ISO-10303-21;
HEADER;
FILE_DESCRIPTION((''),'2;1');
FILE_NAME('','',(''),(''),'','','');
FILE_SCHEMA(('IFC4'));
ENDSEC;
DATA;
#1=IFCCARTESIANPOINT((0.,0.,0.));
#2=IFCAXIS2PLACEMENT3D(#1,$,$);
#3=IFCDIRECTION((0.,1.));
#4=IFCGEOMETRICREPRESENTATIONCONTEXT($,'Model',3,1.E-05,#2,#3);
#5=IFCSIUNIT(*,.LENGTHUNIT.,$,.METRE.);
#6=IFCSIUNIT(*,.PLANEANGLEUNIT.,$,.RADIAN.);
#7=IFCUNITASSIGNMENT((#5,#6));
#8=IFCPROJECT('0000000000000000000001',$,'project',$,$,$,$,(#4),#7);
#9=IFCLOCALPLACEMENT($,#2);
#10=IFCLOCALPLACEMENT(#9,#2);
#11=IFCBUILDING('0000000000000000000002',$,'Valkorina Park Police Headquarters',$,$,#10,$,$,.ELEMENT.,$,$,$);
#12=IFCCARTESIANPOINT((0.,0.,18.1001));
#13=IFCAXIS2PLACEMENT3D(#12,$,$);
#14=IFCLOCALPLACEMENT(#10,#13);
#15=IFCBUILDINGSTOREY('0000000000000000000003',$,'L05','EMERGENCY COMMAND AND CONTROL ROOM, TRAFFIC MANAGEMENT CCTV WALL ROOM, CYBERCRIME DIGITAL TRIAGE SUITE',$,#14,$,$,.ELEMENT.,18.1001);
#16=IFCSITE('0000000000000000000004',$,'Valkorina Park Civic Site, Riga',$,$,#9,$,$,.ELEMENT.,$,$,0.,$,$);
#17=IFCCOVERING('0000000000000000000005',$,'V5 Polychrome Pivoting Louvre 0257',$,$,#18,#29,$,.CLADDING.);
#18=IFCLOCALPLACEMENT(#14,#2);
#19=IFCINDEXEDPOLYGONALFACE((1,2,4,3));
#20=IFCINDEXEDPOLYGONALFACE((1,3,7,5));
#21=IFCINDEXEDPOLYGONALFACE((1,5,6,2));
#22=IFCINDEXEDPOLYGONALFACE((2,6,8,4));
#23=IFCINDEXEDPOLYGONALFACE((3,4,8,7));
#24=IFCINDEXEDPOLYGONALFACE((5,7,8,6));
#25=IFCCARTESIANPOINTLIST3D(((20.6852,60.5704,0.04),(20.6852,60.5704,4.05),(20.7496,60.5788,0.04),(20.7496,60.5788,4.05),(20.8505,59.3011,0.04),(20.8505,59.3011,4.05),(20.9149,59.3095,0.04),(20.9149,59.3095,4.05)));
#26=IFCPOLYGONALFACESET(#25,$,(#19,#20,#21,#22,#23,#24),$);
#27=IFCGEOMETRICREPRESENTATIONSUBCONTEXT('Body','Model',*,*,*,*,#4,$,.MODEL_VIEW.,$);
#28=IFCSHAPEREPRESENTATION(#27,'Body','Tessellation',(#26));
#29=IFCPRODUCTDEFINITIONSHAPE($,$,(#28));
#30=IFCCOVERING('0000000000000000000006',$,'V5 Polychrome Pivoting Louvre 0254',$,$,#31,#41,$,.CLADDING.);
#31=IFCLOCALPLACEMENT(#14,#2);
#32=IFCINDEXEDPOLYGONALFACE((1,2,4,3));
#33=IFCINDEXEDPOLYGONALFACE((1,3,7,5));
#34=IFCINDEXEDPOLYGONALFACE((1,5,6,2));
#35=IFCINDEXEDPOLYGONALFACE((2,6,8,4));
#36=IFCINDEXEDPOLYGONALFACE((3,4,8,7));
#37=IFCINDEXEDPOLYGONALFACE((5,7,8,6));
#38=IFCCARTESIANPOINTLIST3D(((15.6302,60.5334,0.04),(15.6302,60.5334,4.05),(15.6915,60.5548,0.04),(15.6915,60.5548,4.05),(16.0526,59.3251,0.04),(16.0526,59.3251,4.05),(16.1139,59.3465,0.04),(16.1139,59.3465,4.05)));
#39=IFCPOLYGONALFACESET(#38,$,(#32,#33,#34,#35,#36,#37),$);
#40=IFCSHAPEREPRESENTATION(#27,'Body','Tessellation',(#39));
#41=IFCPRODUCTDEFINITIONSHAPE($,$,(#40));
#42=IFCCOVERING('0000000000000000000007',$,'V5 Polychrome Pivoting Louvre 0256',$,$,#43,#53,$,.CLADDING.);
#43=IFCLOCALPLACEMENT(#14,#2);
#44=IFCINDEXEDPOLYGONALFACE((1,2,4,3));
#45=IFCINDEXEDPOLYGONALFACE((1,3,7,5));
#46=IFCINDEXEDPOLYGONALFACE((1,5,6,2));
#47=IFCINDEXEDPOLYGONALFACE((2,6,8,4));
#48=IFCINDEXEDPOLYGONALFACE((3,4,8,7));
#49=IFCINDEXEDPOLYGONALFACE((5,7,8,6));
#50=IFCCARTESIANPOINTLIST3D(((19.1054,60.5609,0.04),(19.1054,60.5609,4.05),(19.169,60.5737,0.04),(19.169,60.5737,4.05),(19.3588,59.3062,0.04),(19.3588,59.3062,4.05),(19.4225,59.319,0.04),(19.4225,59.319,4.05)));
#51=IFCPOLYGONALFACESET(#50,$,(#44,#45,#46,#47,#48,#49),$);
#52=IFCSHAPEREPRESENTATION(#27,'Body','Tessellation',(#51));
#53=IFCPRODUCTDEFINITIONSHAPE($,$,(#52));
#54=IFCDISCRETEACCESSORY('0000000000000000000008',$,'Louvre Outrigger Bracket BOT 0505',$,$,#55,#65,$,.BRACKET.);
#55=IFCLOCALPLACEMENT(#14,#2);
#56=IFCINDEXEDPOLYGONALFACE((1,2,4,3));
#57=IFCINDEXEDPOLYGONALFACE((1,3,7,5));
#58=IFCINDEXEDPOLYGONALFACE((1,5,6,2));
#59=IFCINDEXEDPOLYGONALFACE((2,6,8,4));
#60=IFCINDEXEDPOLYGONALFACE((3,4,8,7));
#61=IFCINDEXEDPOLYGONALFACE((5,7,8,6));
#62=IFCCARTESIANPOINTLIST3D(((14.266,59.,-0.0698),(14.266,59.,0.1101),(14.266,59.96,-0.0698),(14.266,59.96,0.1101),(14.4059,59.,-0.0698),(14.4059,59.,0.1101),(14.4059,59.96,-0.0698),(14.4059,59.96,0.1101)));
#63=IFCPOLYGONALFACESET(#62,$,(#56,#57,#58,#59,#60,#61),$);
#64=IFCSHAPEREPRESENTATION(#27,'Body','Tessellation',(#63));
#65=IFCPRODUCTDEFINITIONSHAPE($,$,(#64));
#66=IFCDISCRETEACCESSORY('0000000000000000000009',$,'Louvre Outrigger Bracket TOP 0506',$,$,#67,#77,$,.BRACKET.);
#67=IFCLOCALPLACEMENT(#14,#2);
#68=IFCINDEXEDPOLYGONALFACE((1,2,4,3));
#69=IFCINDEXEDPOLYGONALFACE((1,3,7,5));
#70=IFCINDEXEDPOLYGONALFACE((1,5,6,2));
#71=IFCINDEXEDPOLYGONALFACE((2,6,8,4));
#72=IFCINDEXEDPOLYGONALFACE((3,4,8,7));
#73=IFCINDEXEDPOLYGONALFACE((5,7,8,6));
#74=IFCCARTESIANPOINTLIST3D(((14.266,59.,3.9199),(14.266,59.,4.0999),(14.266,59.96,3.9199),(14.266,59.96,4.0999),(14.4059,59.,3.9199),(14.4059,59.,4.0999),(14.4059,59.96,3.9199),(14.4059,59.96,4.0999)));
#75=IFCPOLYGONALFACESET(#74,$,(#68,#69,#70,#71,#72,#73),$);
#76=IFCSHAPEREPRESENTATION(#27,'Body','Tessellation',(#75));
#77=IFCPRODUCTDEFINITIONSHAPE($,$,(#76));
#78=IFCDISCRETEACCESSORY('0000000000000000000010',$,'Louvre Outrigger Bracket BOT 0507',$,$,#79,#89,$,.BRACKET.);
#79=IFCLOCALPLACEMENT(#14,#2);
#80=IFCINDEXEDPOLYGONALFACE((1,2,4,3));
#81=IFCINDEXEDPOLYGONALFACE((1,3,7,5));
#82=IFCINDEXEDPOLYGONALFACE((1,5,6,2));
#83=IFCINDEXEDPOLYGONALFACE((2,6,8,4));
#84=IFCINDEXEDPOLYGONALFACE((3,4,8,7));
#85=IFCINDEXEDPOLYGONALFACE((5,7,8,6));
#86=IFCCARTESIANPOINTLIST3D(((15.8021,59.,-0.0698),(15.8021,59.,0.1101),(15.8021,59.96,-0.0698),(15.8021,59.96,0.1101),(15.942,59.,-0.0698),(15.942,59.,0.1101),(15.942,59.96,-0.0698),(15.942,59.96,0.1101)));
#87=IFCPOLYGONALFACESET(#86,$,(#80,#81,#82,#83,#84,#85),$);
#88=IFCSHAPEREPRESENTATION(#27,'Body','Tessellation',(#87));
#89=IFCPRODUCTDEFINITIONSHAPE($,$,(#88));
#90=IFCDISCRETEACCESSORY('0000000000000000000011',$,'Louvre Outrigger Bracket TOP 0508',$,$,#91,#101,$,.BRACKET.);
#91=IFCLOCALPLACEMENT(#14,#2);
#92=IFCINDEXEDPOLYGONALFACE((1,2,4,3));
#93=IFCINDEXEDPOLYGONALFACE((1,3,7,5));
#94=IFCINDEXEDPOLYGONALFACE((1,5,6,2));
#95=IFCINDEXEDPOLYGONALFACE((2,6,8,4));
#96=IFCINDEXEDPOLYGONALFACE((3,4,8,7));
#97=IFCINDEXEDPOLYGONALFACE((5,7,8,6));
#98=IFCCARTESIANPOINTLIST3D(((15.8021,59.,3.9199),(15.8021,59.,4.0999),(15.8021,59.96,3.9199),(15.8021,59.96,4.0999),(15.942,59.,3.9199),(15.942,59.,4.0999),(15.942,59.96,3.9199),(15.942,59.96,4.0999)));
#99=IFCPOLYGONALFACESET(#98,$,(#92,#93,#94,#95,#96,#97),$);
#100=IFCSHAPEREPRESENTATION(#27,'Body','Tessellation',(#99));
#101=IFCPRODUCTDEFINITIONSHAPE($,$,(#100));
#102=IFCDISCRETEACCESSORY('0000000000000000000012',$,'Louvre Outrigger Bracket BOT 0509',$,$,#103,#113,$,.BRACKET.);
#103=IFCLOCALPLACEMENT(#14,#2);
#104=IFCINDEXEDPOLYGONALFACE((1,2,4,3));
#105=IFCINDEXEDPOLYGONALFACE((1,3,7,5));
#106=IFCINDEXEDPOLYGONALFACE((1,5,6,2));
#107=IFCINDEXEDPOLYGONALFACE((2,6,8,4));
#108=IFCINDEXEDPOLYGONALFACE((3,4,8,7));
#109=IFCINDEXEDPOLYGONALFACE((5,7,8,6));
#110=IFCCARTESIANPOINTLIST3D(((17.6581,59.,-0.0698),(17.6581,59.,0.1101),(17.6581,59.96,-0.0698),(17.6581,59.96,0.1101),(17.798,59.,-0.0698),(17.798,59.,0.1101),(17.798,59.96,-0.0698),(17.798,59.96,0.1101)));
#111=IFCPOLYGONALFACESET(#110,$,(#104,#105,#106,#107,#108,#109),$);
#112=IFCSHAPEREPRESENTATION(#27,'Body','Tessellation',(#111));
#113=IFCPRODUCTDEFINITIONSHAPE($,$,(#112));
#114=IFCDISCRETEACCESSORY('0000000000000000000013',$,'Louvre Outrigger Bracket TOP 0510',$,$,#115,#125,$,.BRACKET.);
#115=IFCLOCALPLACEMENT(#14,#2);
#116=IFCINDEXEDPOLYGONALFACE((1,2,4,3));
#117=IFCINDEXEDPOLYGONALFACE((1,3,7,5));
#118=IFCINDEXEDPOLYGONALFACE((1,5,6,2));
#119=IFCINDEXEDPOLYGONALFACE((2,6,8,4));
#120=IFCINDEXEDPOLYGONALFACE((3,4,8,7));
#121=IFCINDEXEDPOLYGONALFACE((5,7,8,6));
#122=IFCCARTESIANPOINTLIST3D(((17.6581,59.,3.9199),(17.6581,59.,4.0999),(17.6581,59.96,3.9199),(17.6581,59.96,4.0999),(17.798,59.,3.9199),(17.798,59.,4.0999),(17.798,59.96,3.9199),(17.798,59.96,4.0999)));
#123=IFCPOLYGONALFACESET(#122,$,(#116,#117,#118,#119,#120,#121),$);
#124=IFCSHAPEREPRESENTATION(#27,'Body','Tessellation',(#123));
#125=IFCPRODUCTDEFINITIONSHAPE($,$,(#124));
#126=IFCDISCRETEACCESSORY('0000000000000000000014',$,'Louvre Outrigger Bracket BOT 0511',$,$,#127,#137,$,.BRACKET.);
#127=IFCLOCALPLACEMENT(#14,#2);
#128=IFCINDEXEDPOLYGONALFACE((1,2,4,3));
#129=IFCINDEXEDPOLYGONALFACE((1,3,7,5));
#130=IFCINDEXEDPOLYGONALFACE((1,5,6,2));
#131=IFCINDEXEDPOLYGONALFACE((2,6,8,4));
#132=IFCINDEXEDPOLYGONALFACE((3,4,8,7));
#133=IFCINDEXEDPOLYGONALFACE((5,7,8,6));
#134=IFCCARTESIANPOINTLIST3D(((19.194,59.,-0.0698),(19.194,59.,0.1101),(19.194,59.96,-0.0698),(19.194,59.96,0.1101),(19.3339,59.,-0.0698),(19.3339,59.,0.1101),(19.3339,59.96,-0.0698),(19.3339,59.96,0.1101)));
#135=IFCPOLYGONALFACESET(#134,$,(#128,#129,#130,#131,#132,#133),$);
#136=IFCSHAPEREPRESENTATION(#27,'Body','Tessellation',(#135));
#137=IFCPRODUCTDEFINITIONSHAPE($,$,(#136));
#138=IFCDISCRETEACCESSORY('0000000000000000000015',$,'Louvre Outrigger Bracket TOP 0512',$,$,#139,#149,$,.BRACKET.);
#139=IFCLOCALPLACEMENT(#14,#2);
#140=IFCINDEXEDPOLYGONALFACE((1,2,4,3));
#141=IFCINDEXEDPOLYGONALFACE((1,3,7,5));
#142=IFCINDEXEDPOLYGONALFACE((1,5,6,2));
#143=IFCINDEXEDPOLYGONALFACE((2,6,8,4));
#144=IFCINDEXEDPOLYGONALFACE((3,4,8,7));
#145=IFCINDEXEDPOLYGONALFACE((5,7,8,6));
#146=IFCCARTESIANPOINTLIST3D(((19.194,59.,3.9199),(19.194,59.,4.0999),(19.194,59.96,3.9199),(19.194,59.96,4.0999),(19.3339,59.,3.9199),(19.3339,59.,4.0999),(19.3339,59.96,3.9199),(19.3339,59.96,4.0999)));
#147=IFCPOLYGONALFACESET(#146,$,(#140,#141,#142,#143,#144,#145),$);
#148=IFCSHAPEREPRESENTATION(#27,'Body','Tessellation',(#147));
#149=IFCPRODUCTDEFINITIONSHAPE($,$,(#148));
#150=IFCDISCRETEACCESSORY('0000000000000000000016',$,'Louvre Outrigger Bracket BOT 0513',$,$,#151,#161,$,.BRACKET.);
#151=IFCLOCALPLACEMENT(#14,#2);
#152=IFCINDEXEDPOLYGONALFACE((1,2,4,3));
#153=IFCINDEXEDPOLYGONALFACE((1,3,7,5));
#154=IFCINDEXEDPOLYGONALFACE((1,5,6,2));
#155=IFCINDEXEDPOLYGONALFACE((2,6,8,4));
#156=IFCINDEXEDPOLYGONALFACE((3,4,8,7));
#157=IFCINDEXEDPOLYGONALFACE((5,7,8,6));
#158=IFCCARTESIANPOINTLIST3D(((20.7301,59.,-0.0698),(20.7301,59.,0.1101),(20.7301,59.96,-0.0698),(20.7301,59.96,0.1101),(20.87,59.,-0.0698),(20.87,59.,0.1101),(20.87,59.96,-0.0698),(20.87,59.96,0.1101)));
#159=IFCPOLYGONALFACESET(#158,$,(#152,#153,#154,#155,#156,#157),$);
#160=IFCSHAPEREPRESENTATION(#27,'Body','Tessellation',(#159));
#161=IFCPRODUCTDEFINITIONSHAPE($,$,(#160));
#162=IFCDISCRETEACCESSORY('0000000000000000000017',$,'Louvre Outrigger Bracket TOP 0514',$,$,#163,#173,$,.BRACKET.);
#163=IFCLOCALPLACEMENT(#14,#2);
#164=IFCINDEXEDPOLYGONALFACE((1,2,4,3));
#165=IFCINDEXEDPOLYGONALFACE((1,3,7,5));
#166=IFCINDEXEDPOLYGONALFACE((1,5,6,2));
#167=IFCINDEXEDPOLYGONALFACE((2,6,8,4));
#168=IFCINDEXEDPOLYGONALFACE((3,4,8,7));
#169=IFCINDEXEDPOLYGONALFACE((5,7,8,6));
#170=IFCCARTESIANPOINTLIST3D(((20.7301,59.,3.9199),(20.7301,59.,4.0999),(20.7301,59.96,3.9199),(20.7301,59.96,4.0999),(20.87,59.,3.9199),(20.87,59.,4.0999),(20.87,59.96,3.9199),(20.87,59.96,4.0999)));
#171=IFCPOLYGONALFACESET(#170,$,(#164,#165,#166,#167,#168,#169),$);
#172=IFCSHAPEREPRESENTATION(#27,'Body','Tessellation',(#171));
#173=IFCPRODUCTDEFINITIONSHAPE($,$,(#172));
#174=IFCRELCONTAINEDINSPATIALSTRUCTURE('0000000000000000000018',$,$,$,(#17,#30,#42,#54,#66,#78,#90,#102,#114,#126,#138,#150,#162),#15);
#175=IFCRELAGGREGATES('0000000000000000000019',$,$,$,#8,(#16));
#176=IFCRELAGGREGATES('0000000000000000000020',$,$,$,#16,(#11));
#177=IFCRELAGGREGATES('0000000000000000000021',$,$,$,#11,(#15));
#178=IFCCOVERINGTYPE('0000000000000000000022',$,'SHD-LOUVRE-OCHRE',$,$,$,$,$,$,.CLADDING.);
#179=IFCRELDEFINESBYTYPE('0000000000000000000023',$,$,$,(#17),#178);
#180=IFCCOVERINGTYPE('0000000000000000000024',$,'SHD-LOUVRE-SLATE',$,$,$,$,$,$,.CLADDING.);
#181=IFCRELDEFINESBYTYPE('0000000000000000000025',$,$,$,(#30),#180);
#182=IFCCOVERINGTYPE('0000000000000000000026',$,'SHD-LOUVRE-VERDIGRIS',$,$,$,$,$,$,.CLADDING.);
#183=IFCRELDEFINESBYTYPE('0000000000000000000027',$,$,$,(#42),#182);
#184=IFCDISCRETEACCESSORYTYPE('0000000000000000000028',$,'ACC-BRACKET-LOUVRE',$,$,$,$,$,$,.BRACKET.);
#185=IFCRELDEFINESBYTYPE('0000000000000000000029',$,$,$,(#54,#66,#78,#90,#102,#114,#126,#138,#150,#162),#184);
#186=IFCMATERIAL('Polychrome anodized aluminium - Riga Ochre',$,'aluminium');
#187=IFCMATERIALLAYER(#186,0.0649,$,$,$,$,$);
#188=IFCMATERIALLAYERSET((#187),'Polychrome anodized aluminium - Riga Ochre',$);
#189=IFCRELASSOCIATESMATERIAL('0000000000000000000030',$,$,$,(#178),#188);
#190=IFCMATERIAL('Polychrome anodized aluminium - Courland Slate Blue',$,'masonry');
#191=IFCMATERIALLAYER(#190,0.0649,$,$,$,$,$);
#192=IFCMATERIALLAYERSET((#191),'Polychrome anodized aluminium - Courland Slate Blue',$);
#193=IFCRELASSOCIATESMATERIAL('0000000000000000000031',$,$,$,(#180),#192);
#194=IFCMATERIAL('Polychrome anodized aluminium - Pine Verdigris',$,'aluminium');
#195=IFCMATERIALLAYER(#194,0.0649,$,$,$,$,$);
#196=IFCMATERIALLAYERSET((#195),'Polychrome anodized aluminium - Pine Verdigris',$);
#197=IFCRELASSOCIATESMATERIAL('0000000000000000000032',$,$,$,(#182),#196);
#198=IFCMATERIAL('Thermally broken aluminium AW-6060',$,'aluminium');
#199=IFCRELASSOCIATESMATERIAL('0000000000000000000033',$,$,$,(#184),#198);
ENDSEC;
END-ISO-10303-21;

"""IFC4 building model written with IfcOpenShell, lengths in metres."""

from ifc_helpers import new_model, si_unit, direction, frame, origin, origin_2d, place, context, subcontext, project, spatial, rectangle, extrude, material, layer, layer_set, type_object, element, save


model = new_model("IFC4")

# Units and contexts
model_context = context("Model", 3, precision=1e-05, world=origin(), true_north=direction((0.0, 1.0)))
body_context = subcontext(model_context, "Body", "Model", "MODEL_VIEW")
ifc_project = project(units=[si_unit("LENGTHUNIT", "METRE"), si_unit("PLANEANGLEUNIT", "RADIAN")], contexts=[model_context])

# Site, building, storey
site_placement = place(None, origin())
site = spatial("IfcSite", under=ifc_project, at=site_placement, Name="Valkorina Park Civic Site, Riga", CompositionType="ELEMENT", RefElevation=0.0)
building_placement = place(site_placement, origin())
building = spatial("IfcBuilding", under=site, at=building_placement, Name="Valkorina Park Police Headquarters", CompositionType="ELEMENT")
storey_placement = place(building_placement, frame((0.0, 0.0, 18.1001)))
storey = spatial("IfcBuildingStorey", under=building, at=storey_placement, Name="L05", Description="EMERGENCY COMMAND AND CONTROL ROOM, TRAFFIC MANAGEMENT CCTV WALL ROOM, CYBERCRIME DIGITAL TRIAGE SUITE", CompositionType="ELEMENT", Elevation=18.1001)

# Shared definitions
ifc_material_1 = material(Name="Thermally broken aluminium AW-6060", Category="aluminium")

# Coverings
ifc_material_2 = material(Name="Polychrome anodized aluminium - Riga Ochre", Category="aluminium")
ifc_layer_1 = layer(ifc_material_2, 0.0649)
ifc_layer_set_1 = layer_set([ifc_layer_1], Name="Polychrome anodized aluminium - Riga Ochre")
covering_type_1 = type_object("IfcCoveringType", Name="SHD-LOUVRE-OCHRE", PredefinedType="CLADDING", material=ifc_layer_set_1)
for number, where, z_axis, x_axis, name in (
    (1, (20.8, 59.9399, 0.04), (0.0, 0.0, 1.0), (-0.129142, 0.991626, 0.0), "V5 Polychrome Pivoting Louvre 0257"),
):
    element("IfcCovering", number, at=place(storey_placement, frame(where, z_axis=z_axis, x_axis=x_axis)), inside=storey, type_object=covering_type_1, Name=name, PredefinedType="CLADDING", context=body_context, shape_type="SweptSolid", body=[
        extrude(rectangle(XDim=1.28, YDim=0.0649, at=origin_2d()), origin(), (0.0, 0.0, 1.0), 4.01),
    ])
ifc_material_3 = material(Name="Polychrome anodized aluminium - Courland Slate Blue", Category="masonry")
ifc_layer_2 = layer(ifc_material_3, 0.0649)
ifc_layer_set_2 = layer_set([ifc_layer_2], Name="Polychrome anodized aluminium - Courland Slate Blue")
covering_type_2 = type_object("IfcCoveringType", Name="SHD-LOUVRE-SLATE", PredefinedType="CLADDING", material=ifc_layer_set_2)
covering_1_placement = place(storey_placement, frame((15.8721, 59.9399, 0.04), z_axis=(0.0, 0.0, 1.0), x_axis=(-0.33002, 0.943974, 0.0)))
element("IfcCovering", 2, at=covering_1_placement, inside=storey, type_object=covering_type_2, Name="V5 Polychrome Pivoting Louvre 0254", PredefinedType="CLADDING", context=body_context, shape_type="SweptSolid", body=[
    extrude(rectangle(XDim=1.28, YDim=0.0649, at=origin_2d()), origin(), (0.0, 0.0, 1.0), 4.01),
])
ifc_material_4 = material(Name="Polychrome anodized aluminium - Pine Verdigris", Category="aluminium")
ifc_layer_3 = layer(ifc_material_4, 0.0649)
ifc_layer_set_3 = layer_set([ifc_layer_3], Name="Polychrome anodized aluminium - Pine Verdigris")
covering_type_3 = type_object("IfcCoveringType", Name="SHD-LOUVRE-VERDIGRIS", PredefinedType="CLADDING", material=ifc_layer_set_3)
covering_2_placement = place(storey_placement, frame((19.2639, 59.9399, 0.04), z_axis=(0.0, 0.0, 1.0), x_axis=(-0.198, 0.980202, 0.0)))
element("IfcCovering", 3, at=covering_2_placement, inside=storey, type_object=covering_type_3, Name="V5 Polychrome Pivoting Louvre 0256", PredefinedType="CLADDING", context=body_context, shape_type="SweptSolid", body=[
    extrude(rectangle(XDim=1.28, YDim=0.0649, at=origin_2d()), origin(), (0.0, 0.0, 1.0), 4.01),
])

# Discrete accessories
discrete_accessory_type = type_object("IfcDiscreteAccessoryType", Name="ACC-BRACKET-LOUVRE", PredefinedType="BRACKET", material=ifc_material_1)
for number, where, z_axis, x_axis, name in (
    (4, (14.3359, 59.48, -0.0698), (0.0, 0.0, 1.0), (0.0, 1.0, 0.0), "Louvre Outrigger Bracket BOT 0505"),
    (5, (14.3359, 59.48, 3.9199), (0.0, 0.0, 1.0), (0.0, 1.0, 0.0), "Louvre Outrigger Bracket TOP 0506"),
    (6, (15.8721, 59.48, -0.0698), (0.0, 0.0, 1.0), (0.0, 1.0, 0.0), "Louvre Outrigger Bracket BOT 0507"),
    (7, (15.8721, 59.48, 3.9199), (0.0, 0.0, 1.0), (0.0, 1.0, 0.0), "Louvre Outrigger Bracket TOP 0508"),
    (8, (17.728, 59.48, -0.0698), (0.0, 0.0, 1.0), (0.0, 1.0, 0.0), "Louvre Outrigger Bracket BOT 0509"),
    (9, (17.728, 59.48, 3.9199), (0.0, 0.0, 1.0), (0.0, 1.0, 0.0), "Louvre Outrigger Bracket TOP 0510"),
    (10, (19.2639, 59.48, -0.0698), (0.0, 0.0, 1.0), (0.0, 1.0, 0.0), "Louvre Outrigger Bracket BOT 0511"),
    (11, (19.2639, 59.48, 3.9199), (0.0, 0.0, 1.0), (0.0, 1.0, 0.0), "Louvre Outrigger Bracket TOP 0512"),
    (12, (20.8, 59.48, -0.0698), (0.0, 0.0, 1.0), (0.0, 1.0, 0.0), "Louvre Outrigger Bracket BOT 0513"),
    (13, (20.8, 59.48, 3.9199), (0.0, 0.0, 1.0), (0.0, 1.0, 0.0), "Louvre Outrigger Bracket TOP 0514"),
):
    element("IfcDiscreteAccessory", number, at=place(storey_placement, frame(where, z_axis=z_axis, x_axis=x_axis)), inside=storey, type_object=discrete_accessory_type, Name=name, PredefinedType="BRACKET", context=body_context, shape_type="SweptSolid", body=[
        extrude(rectangle(XDim=0.96, YDim=0.1399, at=origin_2d()), origin(), (0.0, 0.0, 1.0), 0.1799),
    ])

save(model, "model.ifc")
